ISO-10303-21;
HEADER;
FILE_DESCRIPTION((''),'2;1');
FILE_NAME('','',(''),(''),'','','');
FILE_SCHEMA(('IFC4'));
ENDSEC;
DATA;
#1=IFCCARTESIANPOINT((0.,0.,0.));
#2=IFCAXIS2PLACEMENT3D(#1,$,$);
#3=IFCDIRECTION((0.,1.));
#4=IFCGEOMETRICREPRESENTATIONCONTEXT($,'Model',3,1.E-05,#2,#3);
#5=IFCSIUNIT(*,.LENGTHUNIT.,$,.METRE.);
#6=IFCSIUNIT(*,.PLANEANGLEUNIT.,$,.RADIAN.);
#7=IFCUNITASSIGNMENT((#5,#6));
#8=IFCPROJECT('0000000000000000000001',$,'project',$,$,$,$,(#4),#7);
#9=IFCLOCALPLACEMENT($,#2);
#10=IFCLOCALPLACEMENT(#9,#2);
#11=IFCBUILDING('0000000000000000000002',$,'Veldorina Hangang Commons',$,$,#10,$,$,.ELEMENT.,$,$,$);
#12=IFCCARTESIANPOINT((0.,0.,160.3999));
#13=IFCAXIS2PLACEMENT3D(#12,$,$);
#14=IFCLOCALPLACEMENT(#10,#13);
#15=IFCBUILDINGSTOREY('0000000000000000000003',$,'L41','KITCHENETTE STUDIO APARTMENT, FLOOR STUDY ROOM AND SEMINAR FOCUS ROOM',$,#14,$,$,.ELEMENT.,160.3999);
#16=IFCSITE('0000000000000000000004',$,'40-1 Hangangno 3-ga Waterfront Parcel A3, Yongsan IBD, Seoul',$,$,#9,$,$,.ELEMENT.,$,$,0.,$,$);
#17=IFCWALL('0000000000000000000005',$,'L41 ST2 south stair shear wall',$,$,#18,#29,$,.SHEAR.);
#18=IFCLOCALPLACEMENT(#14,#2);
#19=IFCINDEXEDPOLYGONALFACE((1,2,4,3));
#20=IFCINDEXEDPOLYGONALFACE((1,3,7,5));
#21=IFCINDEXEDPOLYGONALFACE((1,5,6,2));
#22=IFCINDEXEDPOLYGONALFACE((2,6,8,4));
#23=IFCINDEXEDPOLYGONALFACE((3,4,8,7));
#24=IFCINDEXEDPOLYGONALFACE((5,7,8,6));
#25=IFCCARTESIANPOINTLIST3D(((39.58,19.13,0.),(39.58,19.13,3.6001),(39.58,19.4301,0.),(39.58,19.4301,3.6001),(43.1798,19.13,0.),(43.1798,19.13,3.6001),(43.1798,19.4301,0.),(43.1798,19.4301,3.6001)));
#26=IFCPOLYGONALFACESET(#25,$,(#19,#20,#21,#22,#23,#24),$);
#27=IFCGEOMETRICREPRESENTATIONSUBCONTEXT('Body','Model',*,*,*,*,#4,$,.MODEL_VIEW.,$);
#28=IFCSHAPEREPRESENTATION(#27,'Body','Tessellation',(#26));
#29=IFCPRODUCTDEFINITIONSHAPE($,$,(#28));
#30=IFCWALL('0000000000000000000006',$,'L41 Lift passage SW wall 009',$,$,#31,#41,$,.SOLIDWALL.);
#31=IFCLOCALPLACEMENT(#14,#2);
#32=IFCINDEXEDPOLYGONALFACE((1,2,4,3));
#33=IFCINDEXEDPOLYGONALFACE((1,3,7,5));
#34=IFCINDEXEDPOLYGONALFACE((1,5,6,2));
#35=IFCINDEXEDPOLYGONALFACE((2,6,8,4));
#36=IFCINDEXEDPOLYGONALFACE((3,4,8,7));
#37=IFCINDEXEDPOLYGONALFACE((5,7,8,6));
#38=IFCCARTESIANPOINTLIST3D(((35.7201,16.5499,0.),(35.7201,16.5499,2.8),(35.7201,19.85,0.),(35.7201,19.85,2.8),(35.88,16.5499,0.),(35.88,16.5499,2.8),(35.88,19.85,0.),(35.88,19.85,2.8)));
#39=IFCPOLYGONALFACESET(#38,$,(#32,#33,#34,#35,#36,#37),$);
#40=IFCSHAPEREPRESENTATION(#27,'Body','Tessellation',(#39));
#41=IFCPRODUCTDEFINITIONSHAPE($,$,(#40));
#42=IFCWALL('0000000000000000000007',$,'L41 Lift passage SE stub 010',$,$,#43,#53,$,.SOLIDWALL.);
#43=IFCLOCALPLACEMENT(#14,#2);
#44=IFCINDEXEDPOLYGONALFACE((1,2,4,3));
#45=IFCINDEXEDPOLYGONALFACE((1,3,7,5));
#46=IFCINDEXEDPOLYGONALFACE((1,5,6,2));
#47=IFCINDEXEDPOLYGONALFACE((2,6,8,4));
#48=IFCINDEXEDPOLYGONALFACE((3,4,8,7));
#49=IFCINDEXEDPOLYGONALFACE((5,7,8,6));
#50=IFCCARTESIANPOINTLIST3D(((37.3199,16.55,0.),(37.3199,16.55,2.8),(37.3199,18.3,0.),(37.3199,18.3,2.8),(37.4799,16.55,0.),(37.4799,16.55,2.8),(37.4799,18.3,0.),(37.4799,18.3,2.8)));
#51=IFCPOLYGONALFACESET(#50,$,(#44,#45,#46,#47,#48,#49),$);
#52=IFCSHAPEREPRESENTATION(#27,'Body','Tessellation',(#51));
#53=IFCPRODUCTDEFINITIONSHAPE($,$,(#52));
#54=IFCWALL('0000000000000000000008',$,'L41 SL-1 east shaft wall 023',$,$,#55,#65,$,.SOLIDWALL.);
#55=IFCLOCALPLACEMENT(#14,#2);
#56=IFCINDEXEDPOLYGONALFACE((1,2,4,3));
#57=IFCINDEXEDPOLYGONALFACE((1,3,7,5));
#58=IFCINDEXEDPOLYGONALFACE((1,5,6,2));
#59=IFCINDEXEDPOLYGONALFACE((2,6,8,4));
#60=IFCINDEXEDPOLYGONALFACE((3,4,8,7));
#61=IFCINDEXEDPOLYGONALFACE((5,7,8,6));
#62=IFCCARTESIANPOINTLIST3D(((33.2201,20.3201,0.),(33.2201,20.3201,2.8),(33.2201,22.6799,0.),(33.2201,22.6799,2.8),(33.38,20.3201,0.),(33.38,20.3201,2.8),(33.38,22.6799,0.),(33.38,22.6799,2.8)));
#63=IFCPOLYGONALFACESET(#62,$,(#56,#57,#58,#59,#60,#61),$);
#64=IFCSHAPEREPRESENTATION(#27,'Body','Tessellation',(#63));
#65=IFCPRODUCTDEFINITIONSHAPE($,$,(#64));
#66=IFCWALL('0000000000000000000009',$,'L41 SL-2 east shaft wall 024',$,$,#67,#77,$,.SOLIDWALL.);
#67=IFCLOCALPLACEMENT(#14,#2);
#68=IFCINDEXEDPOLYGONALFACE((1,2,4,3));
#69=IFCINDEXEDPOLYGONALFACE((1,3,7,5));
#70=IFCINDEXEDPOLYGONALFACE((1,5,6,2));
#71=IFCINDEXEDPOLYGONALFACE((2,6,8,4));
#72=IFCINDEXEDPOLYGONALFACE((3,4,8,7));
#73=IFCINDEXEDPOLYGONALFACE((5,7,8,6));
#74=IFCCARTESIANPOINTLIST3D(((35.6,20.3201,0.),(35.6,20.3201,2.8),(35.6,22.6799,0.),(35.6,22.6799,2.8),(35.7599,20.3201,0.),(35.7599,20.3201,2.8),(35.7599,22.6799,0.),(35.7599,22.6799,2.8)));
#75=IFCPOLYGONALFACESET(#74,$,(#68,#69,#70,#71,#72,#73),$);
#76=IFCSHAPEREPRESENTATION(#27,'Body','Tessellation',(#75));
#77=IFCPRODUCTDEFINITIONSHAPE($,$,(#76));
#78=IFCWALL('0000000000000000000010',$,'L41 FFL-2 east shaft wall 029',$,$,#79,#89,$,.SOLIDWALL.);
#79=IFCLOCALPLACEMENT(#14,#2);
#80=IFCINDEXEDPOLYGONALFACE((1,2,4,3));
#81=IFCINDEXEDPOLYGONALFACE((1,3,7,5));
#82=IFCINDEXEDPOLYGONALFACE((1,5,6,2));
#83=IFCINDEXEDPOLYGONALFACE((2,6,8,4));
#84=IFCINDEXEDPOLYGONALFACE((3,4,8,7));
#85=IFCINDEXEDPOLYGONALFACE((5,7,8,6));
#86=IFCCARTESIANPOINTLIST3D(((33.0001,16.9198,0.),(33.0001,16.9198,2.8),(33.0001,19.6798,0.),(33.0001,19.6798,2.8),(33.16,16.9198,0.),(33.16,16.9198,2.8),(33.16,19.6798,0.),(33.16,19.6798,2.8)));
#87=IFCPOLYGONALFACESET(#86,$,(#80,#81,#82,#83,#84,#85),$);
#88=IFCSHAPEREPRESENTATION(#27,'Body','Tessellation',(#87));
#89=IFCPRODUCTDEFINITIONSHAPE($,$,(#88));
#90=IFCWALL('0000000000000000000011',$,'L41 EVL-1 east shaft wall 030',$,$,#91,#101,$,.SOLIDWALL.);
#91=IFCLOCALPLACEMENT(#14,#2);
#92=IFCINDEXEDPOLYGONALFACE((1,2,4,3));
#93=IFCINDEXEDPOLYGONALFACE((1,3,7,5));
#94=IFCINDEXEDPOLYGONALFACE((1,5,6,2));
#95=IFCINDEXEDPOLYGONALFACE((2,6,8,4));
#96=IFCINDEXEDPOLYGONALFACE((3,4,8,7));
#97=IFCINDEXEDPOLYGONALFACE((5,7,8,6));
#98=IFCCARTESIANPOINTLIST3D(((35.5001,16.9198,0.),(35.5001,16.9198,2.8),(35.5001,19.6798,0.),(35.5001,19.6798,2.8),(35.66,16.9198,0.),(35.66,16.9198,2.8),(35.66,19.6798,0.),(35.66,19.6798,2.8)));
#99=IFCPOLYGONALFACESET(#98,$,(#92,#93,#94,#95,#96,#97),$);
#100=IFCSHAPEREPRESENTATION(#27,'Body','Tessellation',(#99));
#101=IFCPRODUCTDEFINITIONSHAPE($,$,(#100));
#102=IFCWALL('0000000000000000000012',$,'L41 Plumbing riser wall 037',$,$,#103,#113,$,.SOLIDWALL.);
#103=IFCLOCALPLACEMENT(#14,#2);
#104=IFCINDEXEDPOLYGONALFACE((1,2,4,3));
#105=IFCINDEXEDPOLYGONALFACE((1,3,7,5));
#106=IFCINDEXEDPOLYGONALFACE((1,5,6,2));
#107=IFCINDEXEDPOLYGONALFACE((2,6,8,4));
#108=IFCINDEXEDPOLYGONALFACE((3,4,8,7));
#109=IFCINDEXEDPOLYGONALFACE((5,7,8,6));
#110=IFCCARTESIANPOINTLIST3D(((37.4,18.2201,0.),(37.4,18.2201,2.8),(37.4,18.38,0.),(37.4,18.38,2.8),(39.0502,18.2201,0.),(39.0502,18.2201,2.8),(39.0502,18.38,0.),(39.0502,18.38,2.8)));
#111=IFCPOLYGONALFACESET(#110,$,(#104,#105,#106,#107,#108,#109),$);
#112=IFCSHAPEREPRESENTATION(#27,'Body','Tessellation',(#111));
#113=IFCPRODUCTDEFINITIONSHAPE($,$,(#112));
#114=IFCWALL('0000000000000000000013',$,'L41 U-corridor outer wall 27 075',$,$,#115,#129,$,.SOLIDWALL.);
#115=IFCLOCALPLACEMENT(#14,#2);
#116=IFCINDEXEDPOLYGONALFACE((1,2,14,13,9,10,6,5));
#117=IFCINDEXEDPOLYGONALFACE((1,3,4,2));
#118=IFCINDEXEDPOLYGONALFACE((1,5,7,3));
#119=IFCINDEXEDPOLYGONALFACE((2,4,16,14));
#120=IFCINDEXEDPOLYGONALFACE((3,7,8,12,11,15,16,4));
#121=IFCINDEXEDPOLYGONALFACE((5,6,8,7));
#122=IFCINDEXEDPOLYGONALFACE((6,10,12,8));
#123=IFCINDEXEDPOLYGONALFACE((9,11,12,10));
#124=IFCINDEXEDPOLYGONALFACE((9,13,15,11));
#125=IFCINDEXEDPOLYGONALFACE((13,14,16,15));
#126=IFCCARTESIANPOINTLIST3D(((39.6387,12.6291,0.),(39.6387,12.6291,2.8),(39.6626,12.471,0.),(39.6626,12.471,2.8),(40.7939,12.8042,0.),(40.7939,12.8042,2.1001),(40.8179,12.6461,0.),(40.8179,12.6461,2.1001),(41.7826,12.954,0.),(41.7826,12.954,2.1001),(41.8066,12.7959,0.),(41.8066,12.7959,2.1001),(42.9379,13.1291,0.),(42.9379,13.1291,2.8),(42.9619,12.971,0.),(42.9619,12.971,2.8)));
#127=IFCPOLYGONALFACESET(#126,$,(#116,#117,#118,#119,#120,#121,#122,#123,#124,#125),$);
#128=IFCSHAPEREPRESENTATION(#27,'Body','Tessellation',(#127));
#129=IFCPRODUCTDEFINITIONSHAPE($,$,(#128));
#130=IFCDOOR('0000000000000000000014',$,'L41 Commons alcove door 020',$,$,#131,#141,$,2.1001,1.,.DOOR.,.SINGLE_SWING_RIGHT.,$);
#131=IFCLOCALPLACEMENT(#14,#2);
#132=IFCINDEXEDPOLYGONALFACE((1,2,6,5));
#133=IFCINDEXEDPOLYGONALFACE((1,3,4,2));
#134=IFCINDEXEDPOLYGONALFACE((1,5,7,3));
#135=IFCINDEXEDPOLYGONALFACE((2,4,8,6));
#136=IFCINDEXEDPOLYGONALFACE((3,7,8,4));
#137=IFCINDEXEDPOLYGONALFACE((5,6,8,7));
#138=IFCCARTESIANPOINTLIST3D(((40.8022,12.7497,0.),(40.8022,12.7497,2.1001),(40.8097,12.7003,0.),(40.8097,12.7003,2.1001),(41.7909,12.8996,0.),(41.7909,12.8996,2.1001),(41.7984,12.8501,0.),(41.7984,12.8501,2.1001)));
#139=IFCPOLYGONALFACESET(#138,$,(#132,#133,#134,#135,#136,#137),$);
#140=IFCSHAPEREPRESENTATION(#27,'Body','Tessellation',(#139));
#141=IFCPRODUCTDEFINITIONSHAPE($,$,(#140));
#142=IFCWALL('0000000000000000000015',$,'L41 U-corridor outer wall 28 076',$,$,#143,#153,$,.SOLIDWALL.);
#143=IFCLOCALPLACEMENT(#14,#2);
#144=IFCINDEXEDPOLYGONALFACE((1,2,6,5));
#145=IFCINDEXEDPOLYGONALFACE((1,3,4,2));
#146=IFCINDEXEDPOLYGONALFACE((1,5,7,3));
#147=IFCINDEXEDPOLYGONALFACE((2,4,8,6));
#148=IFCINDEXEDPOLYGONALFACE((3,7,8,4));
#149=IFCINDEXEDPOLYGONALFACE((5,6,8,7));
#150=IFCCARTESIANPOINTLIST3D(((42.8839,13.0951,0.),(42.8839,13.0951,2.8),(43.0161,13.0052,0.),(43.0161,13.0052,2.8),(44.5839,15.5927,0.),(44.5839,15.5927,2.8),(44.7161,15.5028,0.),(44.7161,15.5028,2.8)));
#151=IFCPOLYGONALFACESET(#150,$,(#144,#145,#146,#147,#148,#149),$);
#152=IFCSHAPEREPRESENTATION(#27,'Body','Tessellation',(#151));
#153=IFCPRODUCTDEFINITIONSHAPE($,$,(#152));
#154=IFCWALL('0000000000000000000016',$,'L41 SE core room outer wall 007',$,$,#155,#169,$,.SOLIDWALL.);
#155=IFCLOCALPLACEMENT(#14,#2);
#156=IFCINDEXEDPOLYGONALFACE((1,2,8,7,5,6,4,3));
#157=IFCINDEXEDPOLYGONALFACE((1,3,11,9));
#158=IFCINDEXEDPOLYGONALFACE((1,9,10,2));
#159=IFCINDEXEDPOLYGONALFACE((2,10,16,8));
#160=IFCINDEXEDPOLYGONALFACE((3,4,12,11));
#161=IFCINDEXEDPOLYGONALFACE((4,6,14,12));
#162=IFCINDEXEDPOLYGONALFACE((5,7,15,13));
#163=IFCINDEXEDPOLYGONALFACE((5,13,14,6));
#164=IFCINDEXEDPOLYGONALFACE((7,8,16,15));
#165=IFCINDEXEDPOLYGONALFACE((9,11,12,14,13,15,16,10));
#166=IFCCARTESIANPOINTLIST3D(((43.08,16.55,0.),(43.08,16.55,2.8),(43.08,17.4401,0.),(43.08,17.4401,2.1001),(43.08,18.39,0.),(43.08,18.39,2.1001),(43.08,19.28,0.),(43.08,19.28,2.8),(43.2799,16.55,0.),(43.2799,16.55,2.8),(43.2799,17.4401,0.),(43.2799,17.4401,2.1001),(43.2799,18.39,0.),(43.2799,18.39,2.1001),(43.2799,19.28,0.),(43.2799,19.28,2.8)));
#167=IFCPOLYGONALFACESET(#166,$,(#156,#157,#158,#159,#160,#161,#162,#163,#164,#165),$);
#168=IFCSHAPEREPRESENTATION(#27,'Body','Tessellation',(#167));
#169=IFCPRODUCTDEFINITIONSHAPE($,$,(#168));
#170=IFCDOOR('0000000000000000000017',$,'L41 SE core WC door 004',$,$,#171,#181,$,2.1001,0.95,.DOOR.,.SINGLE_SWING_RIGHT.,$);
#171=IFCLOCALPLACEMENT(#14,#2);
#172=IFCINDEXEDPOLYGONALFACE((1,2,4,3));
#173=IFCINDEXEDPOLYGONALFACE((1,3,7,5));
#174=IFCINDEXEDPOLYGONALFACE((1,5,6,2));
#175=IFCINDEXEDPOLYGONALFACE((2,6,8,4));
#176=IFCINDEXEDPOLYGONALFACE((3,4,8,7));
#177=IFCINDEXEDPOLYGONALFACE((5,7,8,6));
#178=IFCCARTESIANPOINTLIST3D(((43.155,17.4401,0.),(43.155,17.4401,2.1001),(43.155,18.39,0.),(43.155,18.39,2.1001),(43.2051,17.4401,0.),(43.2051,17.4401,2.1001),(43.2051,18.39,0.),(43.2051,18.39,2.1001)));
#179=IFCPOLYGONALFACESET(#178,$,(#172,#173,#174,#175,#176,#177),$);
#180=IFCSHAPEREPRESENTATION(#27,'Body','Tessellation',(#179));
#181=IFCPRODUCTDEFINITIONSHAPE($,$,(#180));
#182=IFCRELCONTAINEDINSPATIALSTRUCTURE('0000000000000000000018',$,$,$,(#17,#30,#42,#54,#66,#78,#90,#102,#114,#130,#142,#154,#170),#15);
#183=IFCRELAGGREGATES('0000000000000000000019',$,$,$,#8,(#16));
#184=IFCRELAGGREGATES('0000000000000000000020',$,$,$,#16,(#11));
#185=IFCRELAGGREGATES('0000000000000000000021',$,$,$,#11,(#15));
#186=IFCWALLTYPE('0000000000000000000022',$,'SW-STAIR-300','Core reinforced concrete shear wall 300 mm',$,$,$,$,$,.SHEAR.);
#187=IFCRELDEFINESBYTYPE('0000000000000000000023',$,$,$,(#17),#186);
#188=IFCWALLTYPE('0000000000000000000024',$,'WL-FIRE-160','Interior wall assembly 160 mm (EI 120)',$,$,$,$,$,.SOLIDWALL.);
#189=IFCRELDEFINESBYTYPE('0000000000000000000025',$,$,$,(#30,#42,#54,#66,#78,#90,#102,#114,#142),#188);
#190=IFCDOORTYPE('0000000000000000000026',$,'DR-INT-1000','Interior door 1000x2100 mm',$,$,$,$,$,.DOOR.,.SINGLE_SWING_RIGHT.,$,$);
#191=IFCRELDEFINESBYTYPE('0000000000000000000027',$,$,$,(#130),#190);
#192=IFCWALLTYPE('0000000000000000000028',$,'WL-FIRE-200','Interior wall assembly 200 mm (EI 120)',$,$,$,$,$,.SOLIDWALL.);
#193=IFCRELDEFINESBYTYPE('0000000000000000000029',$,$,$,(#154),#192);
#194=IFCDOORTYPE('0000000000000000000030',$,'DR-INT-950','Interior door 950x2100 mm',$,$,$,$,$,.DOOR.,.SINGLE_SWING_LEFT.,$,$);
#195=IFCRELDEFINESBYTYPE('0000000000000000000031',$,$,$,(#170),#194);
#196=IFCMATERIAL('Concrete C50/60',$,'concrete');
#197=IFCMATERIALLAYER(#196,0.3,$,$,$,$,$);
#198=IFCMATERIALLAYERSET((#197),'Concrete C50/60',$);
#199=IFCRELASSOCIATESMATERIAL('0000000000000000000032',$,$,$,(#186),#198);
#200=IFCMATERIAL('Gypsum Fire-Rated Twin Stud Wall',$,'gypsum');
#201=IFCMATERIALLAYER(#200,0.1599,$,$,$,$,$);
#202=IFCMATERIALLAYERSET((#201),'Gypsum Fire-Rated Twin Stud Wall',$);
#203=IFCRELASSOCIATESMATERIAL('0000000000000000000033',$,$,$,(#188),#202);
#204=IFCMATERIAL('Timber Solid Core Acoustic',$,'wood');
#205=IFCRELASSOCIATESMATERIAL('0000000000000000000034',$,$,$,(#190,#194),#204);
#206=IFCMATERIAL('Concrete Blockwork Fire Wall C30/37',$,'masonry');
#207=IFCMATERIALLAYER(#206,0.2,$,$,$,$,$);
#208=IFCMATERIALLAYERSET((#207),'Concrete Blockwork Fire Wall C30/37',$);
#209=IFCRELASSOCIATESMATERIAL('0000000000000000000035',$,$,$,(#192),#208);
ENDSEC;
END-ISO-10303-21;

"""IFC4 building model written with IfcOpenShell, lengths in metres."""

from ifc_helpers import new_model, si_unit, direction, frame, frame_2d, origin, place, context, subcontext, project, spatial, rectangle, extrude, material, layer, layer_set, type_object, element, fill, save


model = new_model("IFC4")

# Units and contexts
model_context = context("Model", 3, precision=1e-05, world=origin(), true_north=direction((0.0, 1.0)))
body_context = subcontext(model_context, "Body", "Model", "MODEL_VIEW")
ifc_project = project(units=[si_unit("LENGTHUNIT", "METRE"), si_unit("PLANEANGLEUNIT", "RADIAN")], contexts=[model_context])

# Site, building, storey
site_placement = place(None, origin())
site = spatial("IfcSite", under=ifc_project, at=site_placement, Name="40-1 Hangangno 3-ga Waterfront Parcel A3, Yongsan IBD, Seoul", CompositionType="ELEMENT", RefElevation=0.0)
building_placement = place(site_placement, origin())
building = spatial("IfcBuilding", under=site, at=building_placement, Name="Veldorina Hangang Commons", CompositionType="ELEMENT")
storey_placement = place(building_placement, frame((0.0, 0.0, 160.3999)))
storey = spatial("IfcBuildingStorey", under=building, at=storey_placement, Name="L41", Description="KITCHENETTE STUDIO APARTMENT, FLOOR STUDY ROOM AND SEMINAR FOCUS ROOM", CompositionType="ELEMENT", Elevation=160.3999)

# Walls
ifc_material_1 = material(Name="Concrete C50/60", Category="concrete")
ifc_layer_1 = layer(ifc_material_1, 0.3)
ifc_layer_set_1 = layer_set([ifc_layer_1], Name="Concrete C50/60")
wall_type_1 = type_object("IfcWallType", Name="SW-STAIR-300", Description="Core reinforced concrete shear wall 300 mm", PredefinedType="SHEAR", material=ifc_layer_set_1)
wall_1_placement = place(storey_placement, frame((39.5801, 19.28, 0.0), z_axis=(0.0, 0.0, 1.0), x_axis=(1.0, 0.0, 0.0)))
element("IfcWall", 1, at=wall_1_placement, inside=storey, type_object=wall_type_1, Name="L41 ST2 south stair shear wall", PredefinedType="SHEAR", context=body_context, shape_type="SweptSolid", body=[
    extrude(rectangle(XDim=3.5999, YDim=0.3, at=frame_2d((1.7998, 0.0))), origin(), (0.0, 0.0, 1.0), 3.6001),
])
ifc_material_2 = material(Name="Gypsum Fire-Rated Twin Stud Wall", Category="gypsum")
ifc_layer_2 = layer(ifc_material_2, 0.1599)
ifc_layer_set_2 = layer_set([ifc_layer_2], Name="Gypsum Fire-Rated Twin Stud Wall")
wall_type_2 = type_object("IfcWallType", Name="WL-FIRE-160", Description="Interior wall assembly 160 mm (EI 120)", PredefinedType="SOLIDWALL", material=ifc_layer_set_2)
wall_2_placement = place(storey_placement, frame((35.8, 16.55, 0.0), z_axis=(0.0, 0.0, 1.0), x_axis=(0.0, 1.0, 0.0)))
element("IfcWall", 2, at=wall_2_placement, inside=storey, type_object=wall_type_2, Name="L41 Lift passage SW wall 009", PredefinedType="SOLIDWALL", context=body_context, shape_type="SweptSolid", body=[
    extrude(rectangle(XDim=3.3, YDim=0.1599, at=frame_2d((1.6499, 0.0))), origin(), (0.0, 0.0, 1.0), 2.8),
])
wall_3_placement = place(storey_placement, frame((37.3999, 16.55, 0.0), z_axis=(0.0, 0.0, 1.0), x_axis=(0.0, 1.0, 0.0)))
element("IfcWall", 3, at=wall_3_placement, inside=storey, type_object=wall_type_2, Name="L41 Lift passage SE stub 010", PredefinedType="SOLIDWALL", context=body_context, shape_type="SweptSolid", body=[
    extrude(rectangle(XDim=1.75, YDim=0.1599, at=frame_2d((0.875, 0.0))), origin(), (0.0, 0.0, 1.0), 2.8),
])
for number, where, z_axis, x_axis, name in (
    (4, (33.3, 20.3201, 0.0), (0.0, 0.0, 1.0), (0.0, 1.0, 0.0), "L41 SL-1 east shaft wall 023"),
    (5, (35.6799, 20.3201, 0.0), (0.0, 0.0, 1.0), (0.0, 1.0, 0.0), "L41 SL-2 east shaft wall 024"),
):
    element("IfcWall", number, at=place(storey_placement, frame(where, z_axis=z_axis, x_axis=x_axis)), inside=storey, type_object=wall_type_2, Name=name, PredefinedType="SOLIDWALL", context=body_context, shape_type="SweptSolid", body=[
        extrude(rectangle(XDim=2.3599, YDim=0.1599, at=frame_2d((1.1799, 0.0))), origin(), (0.0, 0.0, 1.0), 2.8),
    ])
for number, where, z_axis, x_axis, name in (
    (6, (33.0801, 16.9199, 0.0), (0.0, 0.0, 1.0), (0.0, 1.0, 0.0), "L41 FFL-2 east shaft wall 029"),
    (7, (35.5801, 16.9199, 0.0), (0.0, 0.0, 1.0), (0.0, 1.0, 0.0), "L41 EVL-1 east shaft wall 030"),
):
    element("IfcWall", number, at=place(storey_placement, frame(where, z_axis=z_axis, x_axis=x_axis)), inside=storey, type_object=wall_type_2, Name=name, PredefinedType="SOLIDWALL", context=body_context, shape_type="SweptSolid", body=[
        extrude(rectangle(XDim=2.76, YDim=0.1599, at=frame_2d((1.3799, 0.0))), origin(), (0.0, 0.0, 1.0), 2.8),
    ])
wall_4_placement = place(storey_placement, frame((37.3999, 18.3, 0.0), z_axis=(0.0, 0.0, 1.0), x_axis=(1.0, 0.0, 0.0)))
element("IfcWall", 8, at=wall_4_placement, inside=storey, type_object=wall_type_2, Name="L41 Plumbing riser wall 037", PredefinedType="SOLIDWALL", context=body_context, shape_type="SweptSolid", body=[
    extrude(rectangle(XDim=1.6501, YDim=0.1599, at=frame_2d((0.8252, 0.0))), origin(), (0.0, 0.0, 1.0), 2.8),
])

# Wall, opening, door
wall_5_placement = place(storey_placement, frame((39.6506, 12.55, 0.0), z_axis=(0.0, 0.0, 1.0), x_axis=(0.988711, 0.149836, 0.0)))
wall_5 = element("IfcWall", 9, at=wall_5_placement, inside=storey, type_object=wall_type_2, Name="L41 U-corridor outer wall 27 075", PredefinedType="SOLIDWALL", context=body_context, shape_type="SweptSolid", body=[
    extrude(rectangle(XDim=3.3369, YDim=0.1599, at=frame_2d((1.6685, 0.0))), origin(), (0.0, 0.0, 1.0), 2.8),
])
opening_1_placement = place(wall_5_placement, frame((1.1685, 0.0, 0.0)))
opening_1 = element("IfcOpeningElement", 10, at=opening_1_placement, cuts=wall_5, PredefinedType="OPENING", context=body_context, shape_type="SweptSolid", body=[
    extrude(rectangle(XDim=1.0, YDim=2.1001, at=frame_2d((0.5, 1.05))), frame((0.0, 0.0898, 0.0), z_axis=(0.0, -1.0, 0.0), x_axis=(1.0, 0.0, 0.0)), (0.0, 0.0, 1.0), 0.1799),
])
ifc_material_3 = material(Name="Timber Solid Core Acoustic", Category="wood")
door_type_1 = type_object("IfcDoorType", Name="DR-INT-1000", Description="Interior door 1000x2100 mm", OperationType="SINGLE_SWING_RIGHT", PredefinedType="DOOR", material=ifc_material_3)
door_1_placement = place(opening_1_placement, origin())
door_1 = element("IfcDoor", 11, at=door_1_placement, inside=storey, type_object=door_type_1, Name="L41 Commons alcove door 020", OperationType="SINGLE_SWING_RIGHT", OverallHeight=2.1001, OverallWidth=1.0, PredefinedType="DOOR", context=body_context, shape_type="SweptSolid", body=[
    extrude(rectangle(XDim=1.0, YDim=2.1001, at=frame_2d((0.5, 1.05))), frame((0.0, 0.0249, 0.0), z_axis=(0.0, -1.0, 0.0), x_axis=(1.0, 0.0, 0.0)), (0.0, 0.0, 1.0), 0.05),
])
fill(opening_1, door_1)

# Wall
wall_6_placement = place(storey_placement, frame((42.95, 13.05, 0.0), z_axis=(0.0, 0.0, 1.0), x_axis=(0.562675, 0.826678, 0.0)))
element("IfcWall", 12, at=wall_6_placement, inside=storey, type_object=wall_type_2, Name="L41 U-corridor outer wall 28 076", PredefinedType="SOLIDWALL", context=body_context, shape_type="SweptSolid", body=[
    extrude(rectangle(XDim=3.0212, YDim=0.1599, at=frame_2d((1.5107, 0.0))), origin(), (0.0, 0.0, 1.0), 2.8),
])

# Wall, opening, door
ifc_material_4 = material(Name="Concrete Blockwork Fire Wall C30/37", Category="masonry")
ifc_layer_3 = layer(ifc_material_4, 0.2)
ifc_layer_set_3 = layer_set([ifc_layer_3], Name="Concrete Blockwork Fire Wall C30/37")
wall_type_3 = type_object("IfcWallType", Name="WL-FIRE-200", Description="Interior wall assembly 200 mm (EI 120)", PredefinedType="SOLIDWALL", material=ifc_layer_set_3)
wall_7_placement = place(storey_placement, frame((43.1799, 16.55, 0.0), z_axis=(0.0, 0.0, 1.0), x_axis=(0.0, 1.0, 0.0)))
wall_7 = element("IfcWall", 13, at=wall_7_placement, inside=storey, type_object=wall_type_3, Name="L41 SE core room outer wall 007", PredefinedType="SOLIDWALL", context=body_context, shape_type="SweptSolid", body=[
    extrude(rectangle(XDim=2.73, YDim=0.2, at=frame_2d((1.365, 0.0))), origin(), (0.0, 0.0, 1.0), 2.8),
])
opening_2_placement = place(wall_7_placement, frame((0.8899, 0.0, 0.0)))
opening_2 = element("IfcOpeningElement", 14, at=opening_2_placement, cuts=wall_7, PredefinedType="OPENING", context=body_context, shape_type="SweptSolid", body=[
    extrude(rectangle(XDim=0.95, YDim=2.1001, at=frame_2d((0.4751, 1.05))), frame((0.0, 0.1099, 0.0), z_axis=(0.0, -1.0, 0.0), x_axis=(1.0, 0.0, 0.0)), (0.0, 0.0, 1.0), 0.22),
])
door_type_2 = type_object("IfcDoorType", Name="DR-INT-950", Description="Interior door 950x2100 mm", OperationType="SINGLE_SWING_LEFT", PredefinedType="DOOR", material=ifc_material_3)
door_2_placement = place(opening_2_placement, origin())
door_2 = element("IfcDoor", 15, at=door_2_placement, inside=storey, type_object=door_type_2, Name="L41 SE core WC door 004", OperationType="SINGLE_SWING_RIGHT", OverallHeight=2.1001, OverallWidth=0.95, PredefinedType="DOOR", context=body_context, shape_type="SweptSolid", body=[
    extrude(rectangle(XDim=0.95, YDim=2.1001, at=frame_2d((0.4751, 1.05))), frame((0.0, 0.0249, 0.0), z_axis=(0.0, -1.0, 0.0), x_axis=(1.0, 0.0, 0.0)), (0.0, 0.0, 1.0), 0.05),
])
fill(opening_2, door_2)

save(model, "model.ifc")
